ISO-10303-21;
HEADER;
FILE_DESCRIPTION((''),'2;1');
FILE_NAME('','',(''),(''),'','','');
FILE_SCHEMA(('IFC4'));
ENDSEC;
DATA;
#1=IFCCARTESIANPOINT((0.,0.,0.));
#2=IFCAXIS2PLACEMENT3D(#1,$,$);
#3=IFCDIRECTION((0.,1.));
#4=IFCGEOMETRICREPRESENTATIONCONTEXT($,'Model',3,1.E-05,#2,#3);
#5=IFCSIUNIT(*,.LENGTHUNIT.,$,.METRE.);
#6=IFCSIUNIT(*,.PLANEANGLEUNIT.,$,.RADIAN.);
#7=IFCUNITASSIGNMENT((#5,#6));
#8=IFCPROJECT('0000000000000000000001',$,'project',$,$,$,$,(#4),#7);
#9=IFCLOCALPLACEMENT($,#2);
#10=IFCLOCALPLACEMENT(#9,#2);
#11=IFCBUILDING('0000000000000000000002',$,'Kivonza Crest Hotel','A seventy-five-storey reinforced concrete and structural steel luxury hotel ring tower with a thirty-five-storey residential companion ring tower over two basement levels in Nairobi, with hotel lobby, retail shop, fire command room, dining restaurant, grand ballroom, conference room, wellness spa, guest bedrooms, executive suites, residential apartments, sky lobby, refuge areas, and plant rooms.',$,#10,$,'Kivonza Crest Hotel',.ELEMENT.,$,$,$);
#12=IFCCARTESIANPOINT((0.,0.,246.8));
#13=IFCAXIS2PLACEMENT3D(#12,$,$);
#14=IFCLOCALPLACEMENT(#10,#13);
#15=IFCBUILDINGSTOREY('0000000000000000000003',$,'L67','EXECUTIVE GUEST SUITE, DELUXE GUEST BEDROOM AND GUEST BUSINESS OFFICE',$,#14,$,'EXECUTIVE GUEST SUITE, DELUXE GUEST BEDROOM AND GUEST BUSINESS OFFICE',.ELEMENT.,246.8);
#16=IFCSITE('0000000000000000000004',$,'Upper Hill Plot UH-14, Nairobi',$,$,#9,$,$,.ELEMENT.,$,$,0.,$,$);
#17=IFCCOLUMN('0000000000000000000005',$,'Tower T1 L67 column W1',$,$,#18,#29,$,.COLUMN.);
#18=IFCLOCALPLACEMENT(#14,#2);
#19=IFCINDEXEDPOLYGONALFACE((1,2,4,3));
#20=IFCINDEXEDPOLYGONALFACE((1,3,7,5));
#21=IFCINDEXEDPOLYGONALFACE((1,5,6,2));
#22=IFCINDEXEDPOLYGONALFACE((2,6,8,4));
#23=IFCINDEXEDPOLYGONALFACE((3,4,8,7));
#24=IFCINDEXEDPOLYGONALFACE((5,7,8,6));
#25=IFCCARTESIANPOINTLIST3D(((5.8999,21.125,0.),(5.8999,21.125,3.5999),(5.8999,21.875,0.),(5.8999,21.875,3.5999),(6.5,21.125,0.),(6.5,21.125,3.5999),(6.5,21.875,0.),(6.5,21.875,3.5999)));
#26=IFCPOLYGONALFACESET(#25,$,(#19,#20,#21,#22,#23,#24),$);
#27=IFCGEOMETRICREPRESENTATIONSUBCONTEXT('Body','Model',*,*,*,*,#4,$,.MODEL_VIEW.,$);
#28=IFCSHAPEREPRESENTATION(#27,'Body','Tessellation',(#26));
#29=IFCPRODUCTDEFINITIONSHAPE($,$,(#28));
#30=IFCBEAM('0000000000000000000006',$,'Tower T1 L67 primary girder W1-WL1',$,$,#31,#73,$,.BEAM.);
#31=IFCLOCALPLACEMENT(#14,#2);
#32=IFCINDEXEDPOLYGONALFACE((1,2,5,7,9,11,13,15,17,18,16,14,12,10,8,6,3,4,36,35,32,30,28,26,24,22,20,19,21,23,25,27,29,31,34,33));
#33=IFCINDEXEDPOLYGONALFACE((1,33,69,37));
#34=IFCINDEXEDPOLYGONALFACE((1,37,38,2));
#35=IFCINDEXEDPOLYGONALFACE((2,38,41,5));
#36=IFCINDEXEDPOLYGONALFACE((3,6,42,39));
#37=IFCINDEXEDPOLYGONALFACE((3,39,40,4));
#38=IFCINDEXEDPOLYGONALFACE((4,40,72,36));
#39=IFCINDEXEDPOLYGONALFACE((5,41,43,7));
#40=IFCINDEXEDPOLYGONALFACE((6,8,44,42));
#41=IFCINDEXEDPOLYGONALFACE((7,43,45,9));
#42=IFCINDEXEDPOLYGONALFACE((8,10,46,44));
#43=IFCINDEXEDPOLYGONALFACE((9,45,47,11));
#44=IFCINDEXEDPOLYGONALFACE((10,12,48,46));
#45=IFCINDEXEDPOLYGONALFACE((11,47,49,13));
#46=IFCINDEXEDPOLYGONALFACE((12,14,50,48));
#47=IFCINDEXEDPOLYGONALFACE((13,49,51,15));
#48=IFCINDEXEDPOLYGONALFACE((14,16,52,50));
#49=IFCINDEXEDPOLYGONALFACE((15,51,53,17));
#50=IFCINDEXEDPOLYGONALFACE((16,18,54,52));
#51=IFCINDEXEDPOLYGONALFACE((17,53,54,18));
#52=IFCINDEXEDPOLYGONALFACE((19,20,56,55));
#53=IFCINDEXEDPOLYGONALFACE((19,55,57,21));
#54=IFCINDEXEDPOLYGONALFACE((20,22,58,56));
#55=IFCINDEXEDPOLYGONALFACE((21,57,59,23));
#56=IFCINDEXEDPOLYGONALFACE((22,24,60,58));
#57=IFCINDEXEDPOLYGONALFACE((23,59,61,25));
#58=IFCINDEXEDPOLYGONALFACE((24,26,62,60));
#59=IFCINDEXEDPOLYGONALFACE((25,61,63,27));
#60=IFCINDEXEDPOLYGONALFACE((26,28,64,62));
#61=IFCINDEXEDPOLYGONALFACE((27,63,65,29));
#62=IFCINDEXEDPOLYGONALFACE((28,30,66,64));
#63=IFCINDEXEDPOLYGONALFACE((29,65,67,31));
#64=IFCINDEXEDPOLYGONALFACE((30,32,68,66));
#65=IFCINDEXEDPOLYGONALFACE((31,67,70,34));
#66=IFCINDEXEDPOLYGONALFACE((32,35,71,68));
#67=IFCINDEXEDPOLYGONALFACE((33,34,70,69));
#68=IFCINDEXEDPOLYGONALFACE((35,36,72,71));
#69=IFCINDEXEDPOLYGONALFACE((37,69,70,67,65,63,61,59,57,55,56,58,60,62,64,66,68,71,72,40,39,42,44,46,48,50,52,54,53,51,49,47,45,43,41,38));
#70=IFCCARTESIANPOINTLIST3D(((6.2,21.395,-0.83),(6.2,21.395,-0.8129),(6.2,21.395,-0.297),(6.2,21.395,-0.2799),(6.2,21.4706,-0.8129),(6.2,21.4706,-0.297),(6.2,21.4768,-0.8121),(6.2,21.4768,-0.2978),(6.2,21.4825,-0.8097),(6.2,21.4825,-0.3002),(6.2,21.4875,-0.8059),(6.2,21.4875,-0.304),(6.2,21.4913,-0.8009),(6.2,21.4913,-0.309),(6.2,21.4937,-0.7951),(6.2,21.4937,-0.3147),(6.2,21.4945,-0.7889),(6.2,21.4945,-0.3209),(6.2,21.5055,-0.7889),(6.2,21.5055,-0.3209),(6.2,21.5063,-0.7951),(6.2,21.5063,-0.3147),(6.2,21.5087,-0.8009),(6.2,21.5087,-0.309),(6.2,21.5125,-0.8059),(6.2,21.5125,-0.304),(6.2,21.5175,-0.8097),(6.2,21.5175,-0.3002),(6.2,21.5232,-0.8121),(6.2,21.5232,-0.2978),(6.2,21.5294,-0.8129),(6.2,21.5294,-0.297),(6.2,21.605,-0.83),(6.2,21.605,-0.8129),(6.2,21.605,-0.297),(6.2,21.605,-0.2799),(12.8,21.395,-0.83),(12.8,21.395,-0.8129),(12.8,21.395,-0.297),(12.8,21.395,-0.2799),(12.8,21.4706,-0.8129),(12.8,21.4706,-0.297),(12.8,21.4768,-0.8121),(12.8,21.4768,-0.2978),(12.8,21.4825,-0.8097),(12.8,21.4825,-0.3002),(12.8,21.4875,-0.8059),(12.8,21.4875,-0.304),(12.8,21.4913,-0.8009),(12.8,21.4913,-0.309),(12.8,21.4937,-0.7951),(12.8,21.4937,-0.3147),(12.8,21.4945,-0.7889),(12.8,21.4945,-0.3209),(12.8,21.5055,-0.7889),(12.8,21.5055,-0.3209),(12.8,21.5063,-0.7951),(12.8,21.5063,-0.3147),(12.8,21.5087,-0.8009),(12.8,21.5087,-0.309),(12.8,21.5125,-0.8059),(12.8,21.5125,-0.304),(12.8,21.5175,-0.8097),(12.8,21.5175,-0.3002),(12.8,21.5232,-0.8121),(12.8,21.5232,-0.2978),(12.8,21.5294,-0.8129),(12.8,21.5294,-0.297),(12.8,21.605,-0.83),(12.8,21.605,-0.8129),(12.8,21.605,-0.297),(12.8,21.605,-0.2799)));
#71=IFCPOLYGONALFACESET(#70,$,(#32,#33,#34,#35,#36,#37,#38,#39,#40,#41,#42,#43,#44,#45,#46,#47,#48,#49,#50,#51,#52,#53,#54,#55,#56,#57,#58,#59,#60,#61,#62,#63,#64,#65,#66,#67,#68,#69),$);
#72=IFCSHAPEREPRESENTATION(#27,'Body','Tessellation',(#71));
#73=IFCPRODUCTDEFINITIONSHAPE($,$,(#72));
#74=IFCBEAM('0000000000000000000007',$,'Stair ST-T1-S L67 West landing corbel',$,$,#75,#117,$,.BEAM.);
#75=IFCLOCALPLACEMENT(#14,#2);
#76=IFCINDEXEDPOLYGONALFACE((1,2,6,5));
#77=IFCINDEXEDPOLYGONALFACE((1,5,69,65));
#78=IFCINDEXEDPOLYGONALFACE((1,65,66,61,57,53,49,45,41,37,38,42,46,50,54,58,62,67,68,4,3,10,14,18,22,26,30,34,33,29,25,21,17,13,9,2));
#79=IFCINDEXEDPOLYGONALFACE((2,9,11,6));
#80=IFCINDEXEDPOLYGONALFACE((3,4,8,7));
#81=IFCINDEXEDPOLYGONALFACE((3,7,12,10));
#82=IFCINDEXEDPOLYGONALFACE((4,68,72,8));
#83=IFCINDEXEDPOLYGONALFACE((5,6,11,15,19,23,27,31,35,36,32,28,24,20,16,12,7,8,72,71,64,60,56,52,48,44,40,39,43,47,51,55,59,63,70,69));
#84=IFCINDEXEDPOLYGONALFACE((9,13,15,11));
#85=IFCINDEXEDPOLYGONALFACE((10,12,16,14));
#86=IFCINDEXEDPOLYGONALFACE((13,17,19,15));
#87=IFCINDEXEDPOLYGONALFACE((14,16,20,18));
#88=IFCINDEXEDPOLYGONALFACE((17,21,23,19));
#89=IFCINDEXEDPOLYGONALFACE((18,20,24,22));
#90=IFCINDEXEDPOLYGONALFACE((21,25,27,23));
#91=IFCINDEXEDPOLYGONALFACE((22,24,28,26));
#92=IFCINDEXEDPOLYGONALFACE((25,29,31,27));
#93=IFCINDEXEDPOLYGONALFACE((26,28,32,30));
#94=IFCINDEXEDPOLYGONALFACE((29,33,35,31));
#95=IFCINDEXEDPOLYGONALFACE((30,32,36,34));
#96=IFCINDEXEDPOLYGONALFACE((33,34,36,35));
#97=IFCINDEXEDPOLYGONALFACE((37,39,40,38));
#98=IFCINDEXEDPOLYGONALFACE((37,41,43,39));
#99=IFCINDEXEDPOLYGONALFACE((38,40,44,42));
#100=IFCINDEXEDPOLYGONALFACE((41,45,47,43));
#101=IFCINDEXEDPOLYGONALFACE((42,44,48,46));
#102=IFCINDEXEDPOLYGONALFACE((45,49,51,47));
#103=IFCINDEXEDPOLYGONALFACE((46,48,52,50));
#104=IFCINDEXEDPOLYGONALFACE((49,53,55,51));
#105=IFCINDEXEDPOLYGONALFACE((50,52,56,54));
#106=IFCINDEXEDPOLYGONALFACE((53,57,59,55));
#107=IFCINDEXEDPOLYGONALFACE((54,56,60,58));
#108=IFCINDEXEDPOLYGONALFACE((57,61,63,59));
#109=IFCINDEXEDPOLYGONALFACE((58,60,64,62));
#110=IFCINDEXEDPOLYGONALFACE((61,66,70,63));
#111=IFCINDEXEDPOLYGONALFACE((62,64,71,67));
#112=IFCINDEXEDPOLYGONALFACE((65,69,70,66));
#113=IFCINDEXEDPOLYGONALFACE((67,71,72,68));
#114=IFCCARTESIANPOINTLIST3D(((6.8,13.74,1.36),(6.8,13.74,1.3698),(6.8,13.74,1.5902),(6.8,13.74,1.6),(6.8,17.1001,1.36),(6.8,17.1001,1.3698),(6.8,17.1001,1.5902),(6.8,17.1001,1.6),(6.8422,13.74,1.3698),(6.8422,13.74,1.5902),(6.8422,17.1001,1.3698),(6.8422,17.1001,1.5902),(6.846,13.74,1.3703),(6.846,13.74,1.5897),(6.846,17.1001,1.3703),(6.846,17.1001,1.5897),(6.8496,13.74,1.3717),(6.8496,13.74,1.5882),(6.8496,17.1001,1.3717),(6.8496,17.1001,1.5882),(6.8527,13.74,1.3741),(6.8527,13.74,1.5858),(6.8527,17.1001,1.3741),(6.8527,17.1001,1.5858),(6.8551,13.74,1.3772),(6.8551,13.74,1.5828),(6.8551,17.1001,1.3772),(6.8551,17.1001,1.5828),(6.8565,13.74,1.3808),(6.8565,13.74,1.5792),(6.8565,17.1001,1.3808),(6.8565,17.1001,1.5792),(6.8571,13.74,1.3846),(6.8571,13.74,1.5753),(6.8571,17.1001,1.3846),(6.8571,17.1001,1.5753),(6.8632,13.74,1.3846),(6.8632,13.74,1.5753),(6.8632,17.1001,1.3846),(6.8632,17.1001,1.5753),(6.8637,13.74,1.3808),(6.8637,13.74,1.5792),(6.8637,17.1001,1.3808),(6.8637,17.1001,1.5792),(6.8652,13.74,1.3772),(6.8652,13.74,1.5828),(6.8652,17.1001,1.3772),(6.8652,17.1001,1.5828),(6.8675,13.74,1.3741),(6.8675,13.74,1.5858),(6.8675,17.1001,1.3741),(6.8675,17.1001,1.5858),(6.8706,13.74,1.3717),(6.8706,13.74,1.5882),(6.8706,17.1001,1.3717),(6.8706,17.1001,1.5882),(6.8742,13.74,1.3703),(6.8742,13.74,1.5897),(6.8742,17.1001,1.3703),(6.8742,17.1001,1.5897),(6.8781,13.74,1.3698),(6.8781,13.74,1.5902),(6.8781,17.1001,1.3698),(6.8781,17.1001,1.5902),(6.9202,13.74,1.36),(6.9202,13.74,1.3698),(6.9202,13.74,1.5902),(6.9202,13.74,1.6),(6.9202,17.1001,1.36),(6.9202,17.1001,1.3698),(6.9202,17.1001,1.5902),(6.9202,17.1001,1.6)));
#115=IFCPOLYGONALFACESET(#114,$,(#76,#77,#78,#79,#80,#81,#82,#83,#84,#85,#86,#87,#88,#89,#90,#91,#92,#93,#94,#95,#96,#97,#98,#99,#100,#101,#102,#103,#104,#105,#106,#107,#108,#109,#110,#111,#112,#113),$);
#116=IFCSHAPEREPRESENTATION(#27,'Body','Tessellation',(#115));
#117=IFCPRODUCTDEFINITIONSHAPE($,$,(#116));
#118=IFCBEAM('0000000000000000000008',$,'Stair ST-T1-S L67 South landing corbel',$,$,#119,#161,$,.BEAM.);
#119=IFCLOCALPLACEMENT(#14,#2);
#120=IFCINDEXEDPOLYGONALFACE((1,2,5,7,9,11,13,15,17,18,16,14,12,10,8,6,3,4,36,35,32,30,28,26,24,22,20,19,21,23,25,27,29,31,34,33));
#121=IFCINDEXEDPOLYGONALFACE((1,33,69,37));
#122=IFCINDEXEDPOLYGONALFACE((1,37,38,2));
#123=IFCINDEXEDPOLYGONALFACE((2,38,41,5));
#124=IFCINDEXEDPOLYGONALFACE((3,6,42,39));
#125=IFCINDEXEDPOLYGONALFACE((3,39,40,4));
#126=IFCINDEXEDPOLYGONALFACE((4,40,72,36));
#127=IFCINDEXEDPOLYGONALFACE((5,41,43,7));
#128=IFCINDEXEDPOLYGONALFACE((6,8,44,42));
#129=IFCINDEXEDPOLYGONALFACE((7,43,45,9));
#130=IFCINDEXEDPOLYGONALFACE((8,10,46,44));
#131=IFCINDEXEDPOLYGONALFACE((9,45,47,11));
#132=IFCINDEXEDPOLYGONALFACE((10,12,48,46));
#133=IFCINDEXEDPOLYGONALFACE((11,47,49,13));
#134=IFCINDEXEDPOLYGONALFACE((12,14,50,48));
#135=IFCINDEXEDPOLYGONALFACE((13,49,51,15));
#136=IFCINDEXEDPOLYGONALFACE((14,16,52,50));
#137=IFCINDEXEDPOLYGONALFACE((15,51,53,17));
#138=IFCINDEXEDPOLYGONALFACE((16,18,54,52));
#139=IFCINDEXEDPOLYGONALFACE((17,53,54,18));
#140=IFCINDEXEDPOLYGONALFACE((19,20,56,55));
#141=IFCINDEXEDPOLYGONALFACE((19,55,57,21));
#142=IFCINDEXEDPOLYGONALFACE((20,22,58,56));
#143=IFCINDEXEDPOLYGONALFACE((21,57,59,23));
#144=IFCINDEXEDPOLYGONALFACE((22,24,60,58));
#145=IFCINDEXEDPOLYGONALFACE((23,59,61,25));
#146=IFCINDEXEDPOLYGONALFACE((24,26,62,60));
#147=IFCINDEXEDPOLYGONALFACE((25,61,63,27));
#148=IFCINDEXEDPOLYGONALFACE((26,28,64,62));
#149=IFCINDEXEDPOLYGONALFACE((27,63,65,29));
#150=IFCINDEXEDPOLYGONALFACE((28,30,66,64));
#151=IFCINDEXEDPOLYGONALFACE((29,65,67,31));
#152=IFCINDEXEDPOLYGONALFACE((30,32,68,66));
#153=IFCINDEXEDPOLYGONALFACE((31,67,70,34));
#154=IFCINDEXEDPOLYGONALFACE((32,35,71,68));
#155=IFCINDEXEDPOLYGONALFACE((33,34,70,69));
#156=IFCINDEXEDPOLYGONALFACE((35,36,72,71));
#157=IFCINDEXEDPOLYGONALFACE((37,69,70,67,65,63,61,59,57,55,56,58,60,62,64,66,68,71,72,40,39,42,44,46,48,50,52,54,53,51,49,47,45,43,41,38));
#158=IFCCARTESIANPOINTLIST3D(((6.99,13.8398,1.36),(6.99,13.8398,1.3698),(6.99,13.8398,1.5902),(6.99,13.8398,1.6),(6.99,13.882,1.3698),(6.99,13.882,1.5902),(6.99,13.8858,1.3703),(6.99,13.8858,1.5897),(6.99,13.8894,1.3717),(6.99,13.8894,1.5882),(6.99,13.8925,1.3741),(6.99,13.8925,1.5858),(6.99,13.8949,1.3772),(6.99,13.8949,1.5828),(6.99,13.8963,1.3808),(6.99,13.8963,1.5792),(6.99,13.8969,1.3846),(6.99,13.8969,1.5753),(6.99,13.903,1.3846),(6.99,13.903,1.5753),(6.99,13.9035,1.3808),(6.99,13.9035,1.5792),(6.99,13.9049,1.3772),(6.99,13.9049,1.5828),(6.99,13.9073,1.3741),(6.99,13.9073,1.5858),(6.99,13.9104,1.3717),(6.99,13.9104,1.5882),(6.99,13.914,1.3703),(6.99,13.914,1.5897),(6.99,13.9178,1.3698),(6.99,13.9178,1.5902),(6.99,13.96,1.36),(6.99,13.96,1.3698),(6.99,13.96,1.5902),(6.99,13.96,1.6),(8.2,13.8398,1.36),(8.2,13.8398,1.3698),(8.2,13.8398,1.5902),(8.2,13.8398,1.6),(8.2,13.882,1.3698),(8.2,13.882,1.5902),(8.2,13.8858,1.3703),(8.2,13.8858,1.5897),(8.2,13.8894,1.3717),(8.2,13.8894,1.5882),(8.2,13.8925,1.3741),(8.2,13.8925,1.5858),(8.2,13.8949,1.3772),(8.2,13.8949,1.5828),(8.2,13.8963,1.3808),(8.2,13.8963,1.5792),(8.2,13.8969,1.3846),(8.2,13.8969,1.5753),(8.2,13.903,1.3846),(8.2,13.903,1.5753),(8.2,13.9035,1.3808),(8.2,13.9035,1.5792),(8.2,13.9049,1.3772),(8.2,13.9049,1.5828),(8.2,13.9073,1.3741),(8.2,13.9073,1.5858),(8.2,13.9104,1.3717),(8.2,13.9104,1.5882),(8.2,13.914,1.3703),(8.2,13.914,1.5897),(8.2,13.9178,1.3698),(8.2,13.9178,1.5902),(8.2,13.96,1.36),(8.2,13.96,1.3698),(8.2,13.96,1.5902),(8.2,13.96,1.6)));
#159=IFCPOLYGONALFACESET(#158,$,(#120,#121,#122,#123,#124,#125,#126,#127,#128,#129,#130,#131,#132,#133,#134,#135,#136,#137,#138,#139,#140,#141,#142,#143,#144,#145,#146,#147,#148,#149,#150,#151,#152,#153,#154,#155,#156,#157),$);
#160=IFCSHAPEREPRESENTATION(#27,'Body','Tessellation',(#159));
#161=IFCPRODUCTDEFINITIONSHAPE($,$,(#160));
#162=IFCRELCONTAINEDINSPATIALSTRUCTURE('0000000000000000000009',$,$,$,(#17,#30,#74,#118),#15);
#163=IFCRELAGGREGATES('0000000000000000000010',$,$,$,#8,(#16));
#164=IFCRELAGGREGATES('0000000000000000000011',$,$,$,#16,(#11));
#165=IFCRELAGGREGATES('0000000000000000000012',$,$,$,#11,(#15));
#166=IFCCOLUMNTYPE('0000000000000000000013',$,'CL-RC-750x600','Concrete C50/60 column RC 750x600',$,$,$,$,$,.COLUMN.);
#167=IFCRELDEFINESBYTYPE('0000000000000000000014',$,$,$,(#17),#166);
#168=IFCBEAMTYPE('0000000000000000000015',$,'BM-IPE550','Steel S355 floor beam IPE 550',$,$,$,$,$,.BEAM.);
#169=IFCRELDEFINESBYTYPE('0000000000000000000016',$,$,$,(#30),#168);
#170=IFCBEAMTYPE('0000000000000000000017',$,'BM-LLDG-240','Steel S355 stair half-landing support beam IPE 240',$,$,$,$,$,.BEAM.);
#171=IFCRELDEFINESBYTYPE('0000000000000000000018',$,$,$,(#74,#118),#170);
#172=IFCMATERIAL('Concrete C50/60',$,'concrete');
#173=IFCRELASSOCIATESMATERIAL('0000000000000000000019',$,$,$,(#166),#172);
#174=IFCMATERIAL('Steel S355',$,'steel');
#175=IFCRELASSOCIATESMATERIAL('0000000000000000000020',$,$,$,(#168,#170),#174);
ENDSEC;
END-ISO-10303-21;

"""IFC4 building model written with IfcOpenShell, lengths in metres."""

from ifc_helpers import new_model, si_unit, direction, frame, origin, origin_2d, place, context, subcontext, project, spatial, rectangle, i_section, extrude, material, material_profile, profile_set, type_object, element, save


model = new_model("IFC4")

# Units and contexts
model_context = context("Model", 3, precision=1e-05, world=origin(), true_north=direction((0.0, 1.0)))
body_context = subcontext(model_context, "Body", "Model", "MODEL_VIEW")
ifc_project = project(units=[si_unit("LENGTHUNIT", "METRE"), si_unit("PLANEANGLEUNIT", "RADIAN")], contexts=[model_context])

# Site, building, storey
site_placement = place(None, origin())
site = spatial("IfcSite", under=ifc_project, at=site_placement, Name="Upper Hill Plot UH-14, Nairobi", CompositionType="ELEMENT", RefElevation=0.0)
building_placement = place(site_placement, origin())
building = spatial("IfcBuilding", under=site, at=building_placement, Name="Kivonza Crest Hotel", Description="A seventy-five-storey reinforced concrete and structural steel luxury hotel ring tower with a thirty-five-storey residential companion ring tower over two basement levels in Nairobi, with hotel lobby, retail shop, fire command room, dining restaurant, grand ballroom, conference room, wellness spa, guest bedrooms, executive suites, residential apartments, sky lobby, refuge areas, and plant rooms.", LongName="Kivonza Crest Hotel", CompositionType="ELEMENT")
storey_placement = place(building_placement, frame((0.0, 0.0, 246.8)))
storey = spatial("IfcBuildingStorey", under=building, at=storey_placement, Name="L67", Description="EXECUTIVE GUEST SUITE, DELUXE GUEST BEDROOM AND GUEST BUSINESS OFFICE", LongName="EXECUTIVE GUEST SUITE, DELUXE GUEST BEDROOM AND GUEST BUSINESS OFFICE", CompositionType="ELEMENT", Elevation=246.8)

# Column
ifc_material_1 = material(Name="Concrete C50/60", Category="concrete")
ifc_material_profile_1 = material_profile(ifc_material_1, rectangle(XDim=0.6001, YDim=0.75, at=origin_2d()), Name="RC 750x600")
ifc_profile_set_1 = profile_set([ifc_material_profile_1], Name="Concrete C50/60")
column_type = type_object("IfcColumnType", Name="CL-RC-750x600", Description="Concrete C50/60 column RC 750x600", PredefinedType="COLUMN", material=ifc_profile_set_1)
column_placement = place(storey_placement, frame((6.2, 21.5, 0.0), z_axis=(0.0, 0.0, 1.0), x_axis=(1.0, 0.0, 0.0)))
element("IfcColumn", 1, at=column_placement, inside=storey, type_object=column_type, Name="Tower T1 L67 column W1", PredefinedType="COLUMN", context=body_context, shape_type="SweptSolid", body=[
    extrude(rectangle(XDim=0.6001, YDim=0.75, at=origin_2d()), origin(), (0.0, 0.0, 1.0), 3.5999),
])

# Beams
ifc_material_2 = material(Name="Steel S355", Category="steel")
ifc_material_profile_2 = material_profile(ifc_material_2, i_section(OverallWidth=0.21, OverallDepth=0.55, WebThickness=0.011, FlangeThickness=0.0171, FilletRadius=0.0239, at=origin_2d()), Name="IPE 550")
ifc_profile_set_2 = profile_set([ifc_material_profile_2], Name="Steel S355")
beam_type_1 = type_object("IfcBeamType", Name="BM-IPE550", Description="Steel S355 floor beam IPE 550", PredefinedType="BEAM", material=ifc_profile_set_2)
beam_1_placement = place(storey_placement, frame((6.2, 21.5, -0.5549), z_axis=(1.0, 0.0, 0.0), x_axis=(0.0, 1.0, 0.0)))
element("IfcBeam", 2, at=beam_1_placement, inside=storey, type_object=beam_type_1, Name="Tower T1 L67 primary girder W1-WL1", PredefinedType="BEAM", context=body_context, shape_type="SweptSolid", body=[
    extrude(i_section(OverallWidth=0.21, OverallDepth=0.55, WebThickness=0.011, FlangeThickness=0.0171, FilletRadius=0.0239, at=origin_2d()), origin(), (0.0, 0.0, 1.0), 6.6001),
])
ifc_material_profile_3 = material_profile(ifc_material_2, i_section(OverallWidth=0.1201, OverallDepth=0.24, WebThickness=0.0061, FlangeThickness=0.0098, FilletRadius=0.0149, at=origin_2d()), Name="IPE 240")
ifc_profile_set_3 = profile_set([ifc_material_profile_3], Name="Steel S355")
beam_type_2 = type_object("IfcBeamType", Name="BM-LLDG-240", Description="Steel S355 stair half-landing support beam IPE 240", PredefinedType="BEAM", material=ifc_profile_set_3)
beam_2_placement = place(storey_placement, frame((6.8601, 13.74, 1.48), z_axis=(0.0, 1.0, 0.0), x_axis=(-1.0, 0.0, 0.0)))
element("IfcBeam", 3, at=beam_2_placement, inside=storey, type_object=beam_type_2, Name="Stair ST-T1-S L67 West landing corbel", PredefinedType="BEAM", context=body_context, shape_type="SweptSolid", body=[
    extrude(i_section(OverallWidth=0.1201, OverallDepth=0.24, WebThickness=0.0061, FlangeThickness=0.0098, FilletRadius=0.0149, at=origin_2d()), origin(), (0.0, 0.0, 1.0), 3.3601),
])
for number, where, z_axis, x_axis, name in (
    (4, (6.99, 13.8999, 1.48), (1.0, 0.0, 0.0), (0.0, 1.0, 0.0), "Stair ST-T1-S L67 South landing corbel"),
):
    element("IfcBeam", number, at=place(storey_placement, frame(where, z_axis=z_axis, x_axis=x_axis)), inside=storey, type_object=beam_type_2, Name=name, PredefinedType="BEAM", context=body_context, shape_type="SweptSolid", body=[
        extrude(i_section(OverallWidth=0.1201, OverallDepth=0.24, WebThickness=0.0061, FlangeThickness=0.0098, FilletRadius=0.0149, at=origin_2d()), origin(), (0.0, 0.0, 1.0), 1.21),
    ])

save(model, "model.ifc")
